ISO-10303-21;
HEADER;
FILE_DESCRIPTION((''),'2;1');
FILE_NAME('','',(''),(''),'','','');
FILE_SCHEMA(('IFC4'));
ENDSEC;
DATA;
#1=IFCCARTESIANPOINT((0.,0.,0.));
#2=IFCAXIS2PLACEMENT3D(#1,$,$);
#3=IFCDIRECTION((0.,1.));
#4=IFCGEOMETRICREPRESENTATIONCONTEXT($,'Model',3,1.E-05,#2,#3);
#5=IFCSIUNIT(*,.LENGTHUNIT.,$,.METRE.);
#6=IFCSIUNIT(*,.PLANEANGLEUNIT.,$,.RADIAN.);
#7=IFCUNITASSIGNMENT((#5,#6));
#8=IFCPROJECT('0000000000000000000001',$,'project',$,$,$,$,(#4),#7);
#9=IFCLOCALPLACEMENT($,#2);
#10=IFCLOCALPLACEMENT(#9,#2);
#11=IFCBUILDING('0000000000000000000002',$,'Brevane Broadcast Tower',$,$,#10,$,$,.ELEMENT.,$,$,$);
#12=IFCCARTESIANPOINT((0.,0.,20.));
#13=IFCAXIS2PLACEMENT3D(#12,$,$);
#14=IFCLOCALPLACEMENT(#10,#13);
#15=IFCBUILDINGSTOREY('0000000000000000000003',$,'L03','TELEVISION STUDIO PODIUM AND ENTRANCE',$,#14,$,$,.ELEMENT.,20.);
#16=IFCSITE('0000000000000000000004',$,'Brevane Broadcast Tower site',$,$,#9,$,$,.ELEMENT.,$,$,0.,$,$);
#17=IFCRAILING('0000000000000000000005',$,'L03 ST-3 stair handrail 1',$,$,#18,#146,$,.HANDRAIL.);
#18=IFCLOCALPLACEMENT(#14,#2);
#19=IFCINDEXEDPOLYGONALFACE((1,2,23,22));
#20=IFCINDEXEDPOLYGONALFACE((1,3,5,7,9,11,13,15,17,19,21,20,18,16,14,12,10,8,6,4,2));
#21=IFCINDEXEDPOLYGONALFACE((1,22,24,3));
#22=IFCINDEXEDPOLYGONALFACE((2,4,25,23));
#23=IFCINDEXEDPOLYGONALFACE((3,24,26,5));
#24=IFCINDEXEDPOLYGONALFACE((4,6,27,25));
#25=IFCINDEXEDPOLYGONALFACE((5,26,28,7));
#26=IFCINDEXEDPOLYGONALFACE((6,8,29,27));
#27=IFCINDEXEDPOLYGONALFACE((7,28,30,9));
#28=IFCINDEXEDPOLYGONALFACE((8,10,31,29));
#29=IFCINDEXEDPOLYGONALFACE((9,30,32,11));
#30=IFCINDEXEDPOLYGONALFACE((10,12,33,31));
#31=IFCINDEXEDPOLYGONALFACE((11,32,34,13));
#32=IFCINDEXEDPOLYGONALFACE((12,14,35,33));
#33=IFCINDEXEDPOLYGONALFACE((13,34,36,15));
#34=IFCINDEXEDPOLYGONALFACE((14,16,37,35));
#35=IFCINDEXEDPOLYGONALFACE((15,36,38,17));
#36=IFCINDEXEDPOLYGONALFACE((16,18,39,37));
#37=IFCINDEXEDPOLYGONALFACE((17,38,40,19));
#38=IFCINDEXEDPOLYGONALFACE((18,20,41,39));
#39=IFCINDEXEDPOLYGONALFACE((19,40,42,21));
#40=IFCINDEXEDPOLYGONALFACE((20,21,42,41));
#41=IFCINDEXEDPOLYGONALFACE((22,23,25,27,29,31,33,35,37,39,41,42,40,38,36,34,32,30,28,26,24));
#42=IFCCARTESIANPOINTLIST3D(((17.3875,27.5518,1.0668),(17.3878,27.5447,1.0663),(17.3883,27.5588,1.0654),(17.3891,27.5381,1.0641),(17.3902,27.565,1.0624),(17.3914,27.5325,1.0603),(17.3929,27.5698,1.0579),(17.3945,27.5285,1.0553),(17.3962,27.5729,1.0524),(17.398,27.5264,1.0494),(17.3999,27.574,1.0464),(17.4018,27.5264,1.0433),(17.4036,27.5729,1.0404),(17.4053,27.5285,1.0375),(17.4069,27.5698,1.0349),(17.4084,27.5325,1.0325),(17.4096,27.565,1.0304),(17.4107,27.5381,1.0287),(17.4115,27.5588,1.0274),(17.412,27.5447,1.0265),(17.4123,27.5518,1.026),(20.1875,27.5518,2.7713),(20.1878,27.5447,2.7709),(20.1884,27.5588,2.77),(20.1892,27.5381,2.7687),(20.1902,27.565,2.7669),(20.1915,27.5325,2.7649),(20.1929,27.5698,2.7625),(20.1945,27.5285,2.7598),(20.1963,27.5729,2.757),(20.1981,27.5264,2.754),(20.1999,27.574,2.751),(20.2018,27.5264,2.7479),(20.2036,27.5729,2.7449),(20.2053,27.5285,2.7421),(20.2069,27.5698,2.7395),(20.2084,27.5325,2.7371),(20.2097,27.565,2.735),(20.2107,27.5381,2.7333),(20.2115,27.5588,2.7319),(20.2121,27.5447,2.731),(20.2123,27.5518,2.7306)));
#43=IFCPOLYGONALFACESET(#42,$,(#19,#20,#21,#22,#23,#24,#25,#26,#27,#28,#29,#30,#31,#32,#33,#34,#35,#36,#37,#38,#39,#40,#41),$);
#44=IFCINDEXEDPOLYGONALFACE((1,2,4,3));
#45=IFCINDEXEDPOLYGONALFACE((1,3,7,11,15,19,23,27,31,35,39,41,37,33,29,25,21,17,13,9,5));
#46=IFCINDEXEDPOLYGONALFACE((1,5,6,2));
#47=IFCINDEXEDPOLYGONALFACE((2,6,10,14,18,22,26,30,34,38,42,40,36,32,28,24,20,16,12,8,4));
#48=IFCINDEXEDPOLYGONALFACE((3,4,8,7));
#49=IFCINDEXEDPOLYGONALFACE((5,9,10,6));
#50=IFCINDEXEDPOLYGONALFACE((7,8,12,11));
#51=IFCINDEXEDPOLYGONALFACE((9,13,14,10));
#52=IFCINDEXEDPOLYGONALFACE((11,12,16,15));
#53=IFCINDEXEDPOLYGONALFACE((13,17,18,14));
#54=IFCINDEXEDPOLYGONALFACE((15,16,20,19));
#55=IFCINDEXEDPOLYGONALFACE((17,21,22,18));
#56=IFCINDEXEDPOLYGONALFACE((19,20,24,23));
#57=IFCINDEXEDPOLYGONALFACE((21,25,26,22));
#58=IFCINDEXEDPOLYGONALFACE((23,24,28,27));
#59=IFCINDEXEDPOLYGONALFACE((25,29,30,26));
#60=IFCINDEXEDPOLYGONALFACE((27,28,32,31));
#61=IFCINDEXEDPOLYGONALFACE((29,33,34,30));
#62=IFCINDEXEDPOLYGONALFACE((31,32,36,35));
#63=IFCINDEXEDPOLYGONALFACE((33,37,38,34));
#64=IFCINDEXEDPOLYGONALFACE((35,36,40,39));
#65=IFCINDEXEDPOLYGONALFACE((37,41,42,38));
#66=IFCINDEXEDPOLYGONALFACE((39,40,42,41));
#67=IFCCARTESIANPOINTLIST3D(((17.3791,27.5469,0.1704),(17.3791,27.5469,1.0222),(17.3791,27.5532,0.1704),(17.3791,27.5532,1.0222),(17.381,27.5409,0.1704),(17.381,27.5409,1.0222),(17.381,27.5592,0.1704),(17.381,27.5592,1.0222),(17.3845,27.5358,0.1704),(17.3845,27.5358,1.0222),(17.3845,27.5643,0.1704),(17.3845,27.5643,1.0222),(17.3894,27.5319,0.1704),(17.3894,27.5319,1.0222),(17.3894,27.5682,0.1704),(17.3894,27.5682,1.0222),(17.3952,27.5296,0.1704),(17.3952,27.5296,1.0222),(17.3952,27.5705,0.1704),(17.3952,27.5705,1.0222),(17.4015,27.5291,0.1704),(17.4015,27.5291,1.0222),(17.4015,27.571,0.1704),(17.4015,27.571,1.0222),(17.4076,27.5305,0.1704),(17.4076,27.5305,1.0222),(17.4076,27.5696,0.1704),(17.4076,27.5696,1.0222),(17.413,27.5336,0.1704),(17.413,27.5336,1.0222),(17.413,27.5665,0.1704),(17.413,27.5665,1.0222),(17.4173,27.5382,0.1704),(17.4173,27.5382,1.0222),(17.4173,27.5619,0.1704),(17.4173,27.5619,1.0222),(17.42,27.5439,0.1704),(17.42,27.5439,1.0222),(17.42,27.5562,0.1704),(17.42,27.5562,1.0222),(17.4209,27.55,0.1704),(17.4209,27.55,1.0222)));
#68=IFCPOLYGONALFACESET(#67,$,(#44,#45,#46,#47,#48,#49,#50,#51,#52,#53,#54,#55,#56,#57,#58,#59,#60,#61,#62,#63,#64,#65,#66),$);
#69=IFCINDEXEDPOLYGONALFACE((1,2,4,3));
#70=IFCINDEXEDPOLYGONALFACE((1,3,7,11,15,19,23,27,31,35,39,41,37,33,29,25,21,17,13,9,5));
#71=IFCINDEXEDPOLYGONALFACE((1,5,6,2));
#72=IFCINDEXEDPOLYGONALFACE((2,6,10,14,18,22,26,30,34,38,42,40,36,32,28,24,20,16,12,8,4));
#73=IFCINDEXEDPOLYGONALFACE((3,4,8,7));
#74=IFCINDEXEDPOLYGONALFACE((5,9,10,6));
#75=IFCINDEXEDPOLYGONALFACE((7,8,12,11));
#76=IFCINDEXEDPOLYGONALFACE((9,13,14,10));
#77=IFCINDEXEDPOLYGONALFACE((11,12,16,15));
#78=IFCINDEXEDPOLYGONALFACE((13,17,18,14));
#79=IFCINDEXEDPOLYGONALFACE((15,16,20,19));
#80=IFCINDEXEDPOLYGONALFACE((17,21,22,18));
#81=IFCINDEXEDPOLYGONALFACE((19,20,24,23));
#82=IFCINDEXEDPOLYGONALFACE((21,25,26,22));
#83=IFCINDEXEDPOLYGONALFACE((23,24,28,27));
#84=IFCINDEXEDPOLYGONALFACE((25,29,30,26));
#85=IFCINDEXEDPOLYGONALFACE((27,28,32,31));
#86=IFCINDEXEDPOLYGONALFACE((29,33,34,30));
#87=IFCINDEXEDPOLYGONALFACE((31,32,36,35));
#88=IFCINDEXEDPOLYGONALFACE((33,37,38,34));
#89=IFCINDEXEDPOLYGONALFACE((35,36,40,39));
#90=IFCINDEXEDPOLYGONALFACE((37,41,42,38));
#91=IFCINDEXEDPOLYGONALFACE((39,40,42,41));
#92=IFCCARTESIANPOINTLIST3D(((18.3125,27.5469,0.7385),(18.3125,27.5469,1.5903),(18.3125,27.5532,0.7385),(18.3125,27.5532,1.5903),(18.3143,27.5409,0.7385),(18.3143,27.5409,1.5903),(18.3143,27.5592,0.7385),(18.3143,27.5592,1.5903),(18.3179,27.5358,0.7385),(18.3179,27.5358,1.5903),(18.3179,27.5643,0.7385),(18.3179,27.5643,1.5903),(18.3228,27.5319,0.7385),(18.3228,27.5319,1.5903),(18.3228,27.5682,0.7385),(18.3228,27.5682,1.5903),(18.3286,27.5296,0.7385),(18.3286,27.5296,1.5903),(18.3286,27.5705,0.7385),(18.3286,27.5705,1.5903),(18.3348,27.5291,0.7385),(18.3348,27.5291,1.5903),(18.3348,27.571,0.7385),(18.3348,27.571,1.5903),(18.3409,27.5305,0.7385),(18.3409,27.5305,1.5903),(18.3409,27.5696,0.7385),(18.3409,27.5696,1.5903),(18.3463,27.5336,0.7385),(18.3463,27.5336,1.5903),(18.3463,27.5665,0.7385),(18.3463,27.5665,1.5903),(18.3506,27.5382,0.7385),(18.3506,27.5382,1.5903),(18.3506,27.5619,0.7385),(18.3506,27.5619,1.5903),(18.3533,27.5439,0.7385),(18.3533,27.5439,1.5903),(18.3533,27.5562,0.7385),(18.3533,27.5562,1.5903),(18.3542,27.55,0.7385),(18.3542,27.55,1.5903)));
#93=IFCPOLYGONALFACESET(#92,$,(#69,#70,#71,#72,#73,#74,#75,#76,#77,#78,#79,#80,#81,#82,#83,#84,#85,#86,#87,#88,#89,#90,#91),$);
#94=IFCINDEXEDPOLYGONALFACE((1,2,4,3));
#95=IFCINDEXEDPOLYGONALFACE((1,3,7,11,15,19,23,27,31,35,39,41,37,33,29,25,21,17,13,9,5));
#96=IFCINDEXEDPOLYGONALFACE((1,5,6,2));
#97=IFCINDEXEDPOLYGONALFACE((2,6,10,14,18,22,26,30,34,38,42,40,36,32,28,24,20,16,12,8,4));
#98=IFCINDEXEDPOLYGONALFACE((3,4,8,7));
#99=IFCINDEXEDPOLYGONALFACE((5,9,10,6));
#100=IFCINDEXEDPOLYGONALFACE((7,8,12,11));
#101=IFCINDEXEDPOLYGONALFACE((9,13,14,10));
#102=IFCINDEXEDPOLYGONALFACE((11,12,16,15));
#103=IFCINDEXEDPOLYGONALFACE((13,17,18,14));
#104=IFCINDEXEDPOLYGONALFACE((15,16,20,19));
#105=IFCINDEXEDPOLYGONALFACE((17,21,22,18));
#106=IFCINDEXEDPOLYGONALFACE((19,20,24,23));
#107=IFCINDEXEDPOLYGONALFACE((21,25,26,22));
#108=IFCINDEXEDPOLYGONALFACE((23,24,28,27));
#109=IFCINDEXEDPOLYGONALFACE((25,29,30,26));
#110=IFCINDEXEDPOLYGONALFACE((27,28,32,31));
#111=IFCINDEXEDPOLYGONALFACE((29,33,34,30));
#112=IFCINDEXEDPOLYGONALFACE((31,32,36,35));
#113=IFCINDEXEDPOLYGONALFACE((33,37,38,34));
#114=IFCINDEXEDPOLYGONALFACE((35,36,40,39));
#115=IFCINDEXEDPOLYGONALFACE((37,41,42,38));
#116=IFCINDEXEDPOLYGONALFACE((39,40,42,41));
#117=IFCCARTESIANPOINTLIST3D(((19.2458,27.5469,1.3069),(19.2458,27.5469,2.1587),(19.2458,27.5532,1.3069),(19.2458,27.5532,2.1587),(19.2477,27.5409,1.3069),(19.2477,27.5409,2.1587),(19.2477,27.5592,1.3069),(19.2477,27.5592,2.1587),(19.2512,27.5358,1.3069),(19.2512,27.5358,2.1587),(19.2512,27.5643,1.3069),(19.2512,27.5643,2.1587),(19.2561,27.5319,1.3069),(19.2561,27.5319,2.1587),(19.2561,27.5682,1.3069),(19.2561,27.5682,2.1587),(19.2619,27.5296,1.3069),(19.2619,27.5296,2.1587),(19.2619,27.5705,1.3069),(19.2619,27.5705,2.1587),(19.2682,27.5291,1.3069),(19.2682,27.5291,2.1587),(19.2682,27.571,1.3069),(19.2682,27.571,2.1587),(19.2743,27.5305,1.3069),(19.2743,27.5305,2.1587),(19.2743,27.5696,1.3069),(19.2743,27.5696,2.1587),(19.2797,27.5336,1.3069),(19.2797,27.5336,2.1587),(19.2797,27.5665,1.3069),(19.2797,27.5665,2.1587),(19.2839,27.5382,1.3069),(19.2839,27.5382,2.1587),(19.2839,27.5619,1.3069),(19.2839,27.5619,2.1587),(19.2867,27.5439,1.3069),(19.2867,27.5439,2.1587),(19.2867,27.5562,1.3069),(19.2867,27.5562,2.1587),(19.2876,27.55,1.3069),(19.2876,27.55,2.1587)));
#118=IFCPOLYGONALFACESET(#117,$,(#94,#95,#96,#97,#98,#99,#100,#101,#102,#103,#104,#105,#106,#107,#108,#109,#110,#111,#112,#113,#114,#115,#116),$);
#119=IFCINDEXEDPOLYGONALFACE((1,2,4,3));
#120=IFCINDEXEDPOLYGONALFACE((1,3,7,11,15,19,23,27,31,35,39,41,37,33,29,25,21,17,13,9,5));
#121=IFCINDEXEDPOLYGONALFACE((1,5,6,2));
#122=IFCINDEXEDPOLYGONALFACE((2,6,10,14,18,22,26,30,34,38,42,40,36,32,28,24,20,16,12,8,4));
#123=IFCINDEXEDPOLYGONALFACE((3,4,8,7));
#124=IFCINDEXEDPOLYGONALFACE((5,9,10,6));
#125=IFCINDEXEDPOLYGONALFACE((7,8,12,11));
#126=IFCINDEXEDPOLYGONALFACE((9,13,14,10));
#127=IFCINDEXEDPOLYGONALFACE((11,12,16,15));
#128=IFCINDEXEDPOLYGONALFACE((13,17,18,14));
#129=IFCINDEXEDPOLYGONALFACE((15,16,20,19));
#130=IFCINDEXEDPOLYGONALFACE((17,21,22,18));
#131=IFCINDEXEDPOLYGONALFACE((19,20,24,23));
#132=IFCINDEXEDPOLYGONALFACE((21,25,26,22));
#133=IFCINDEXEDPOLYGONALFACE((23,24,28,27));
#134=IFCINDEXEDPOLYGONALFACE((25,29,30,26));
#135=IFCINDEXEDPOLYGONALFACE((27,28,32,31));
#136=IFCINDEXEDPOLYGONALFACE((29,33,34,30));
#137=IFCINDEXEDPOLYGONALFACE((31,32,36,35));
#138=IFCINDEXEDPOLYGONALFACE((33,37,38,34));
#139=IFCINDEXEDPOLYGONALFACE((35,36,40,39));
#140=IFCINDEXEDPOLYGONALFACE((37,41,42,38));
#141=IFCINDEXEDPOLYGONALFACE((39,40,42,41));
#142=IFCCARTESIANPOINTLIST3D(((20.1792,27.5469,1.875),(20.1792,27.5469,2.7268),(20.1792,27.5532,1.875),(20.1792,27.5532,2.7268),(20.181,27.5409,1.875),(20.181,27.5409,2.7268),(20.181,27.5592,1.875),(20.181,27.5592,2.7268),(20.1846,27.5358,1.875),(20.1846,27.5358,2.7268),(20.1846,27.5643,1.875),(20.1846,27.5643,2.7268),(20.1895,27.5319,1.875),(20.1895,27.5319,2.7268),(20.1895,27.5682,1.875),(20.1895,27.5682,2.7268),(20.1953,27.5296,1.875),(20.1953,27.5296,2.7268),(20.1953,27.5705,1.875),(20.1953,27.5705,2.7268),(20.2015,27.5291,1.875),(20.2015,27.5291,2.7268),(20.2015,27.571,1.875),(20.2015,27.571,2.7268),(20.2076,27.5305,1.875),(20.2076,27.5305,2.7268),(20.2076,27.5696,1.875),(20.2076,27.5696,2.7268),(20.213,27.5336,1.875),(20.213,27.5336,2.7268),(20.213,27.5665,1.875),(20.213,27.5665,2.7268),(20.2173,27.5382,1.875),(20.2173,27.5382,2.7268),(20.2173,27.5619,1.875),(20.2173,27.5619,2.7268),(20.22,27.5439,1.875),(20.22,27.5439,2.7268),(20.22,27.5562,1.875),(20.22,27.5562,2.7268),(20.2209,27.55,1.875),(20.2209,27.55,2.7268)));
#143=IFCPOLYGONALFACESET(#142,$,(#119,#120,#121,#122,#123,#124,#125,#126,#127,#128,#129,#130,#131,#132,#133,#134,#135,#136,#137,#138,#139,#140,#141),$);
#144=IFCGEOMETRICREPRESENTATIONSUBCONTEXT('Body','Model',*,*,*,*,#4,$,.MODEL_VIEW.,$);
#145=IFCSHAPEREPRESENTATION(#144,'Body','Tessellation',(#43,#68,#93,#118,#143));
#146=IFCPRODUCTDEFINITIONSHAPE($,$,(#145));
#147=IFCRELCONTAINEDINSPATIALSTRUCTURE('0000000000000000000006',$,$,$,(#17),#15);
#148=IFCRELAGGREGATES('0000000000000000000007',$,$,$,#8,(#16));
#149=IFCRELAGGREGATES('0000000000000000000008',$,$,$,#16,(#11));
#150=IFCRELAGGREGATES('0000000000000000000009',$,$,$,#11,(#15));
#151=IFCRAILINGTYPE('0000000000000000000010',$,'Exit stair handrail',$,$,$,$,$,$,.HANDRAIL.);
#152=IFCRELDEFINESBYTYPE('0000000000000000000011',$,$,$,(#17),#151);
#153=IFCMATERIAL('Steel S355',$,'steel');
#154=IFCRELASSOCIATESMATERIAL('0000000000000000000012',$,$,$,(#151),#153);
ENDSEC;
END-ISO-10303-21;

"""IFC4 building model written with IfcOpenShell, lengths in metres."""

from ifc_helpers import new_model, si_unit, direction, frame, origin, origin_2d, place, context, subcontext, project, spatial, circle, extrude, material, type_object, element, save


model = new_model("IFC4")

# Units and contexts
model_context = context("Model", 3, precision=1e-05, world=origin(), true_north=direction((0.0, 1.0)))
body_context = subcontext(model_context, "Body", "Model", "MODEL_VIEW")
ifc_project = project(units=[si_unit("LENGTHUNIT", "METRE"), si_unit("PLANEANGLEUNIT", "RADIAN")], contexts=[model_context])

# Site, building, storey
site_placement = place(None, origin())
site = spatial("IfcSite", under=ifc_project, at=site_placement, Name="Brevane Broadcast Tower site", CompositionType="ELEMENT", RefElevation=0.0)
building_placement = place(site_placement, origin())
building = spatial("IfcBuilding", under=site, at=building_placement, Name="Brevane Broadcast Tower", CompositionType="ELEMENT")
storey_placement = place(building_placement, frame((0.0, 0.0, 20.0)))
storey = spatial("IfcBuildingStorey", under=building, at=storey_placement, Name="L03", Description="TELEVISION STUDIO PODIUM AND ENTRANCE", CompositionType="ELEMENT", Elevation=20.0)

# Railing
ifc_material_1 = material(Name="Steel S355", Category="steel")
railing_type_1 = type_object("IfcRailingType", Name="Exit stair handrail", PredefinedType="HANDRAIL", material=ifc_material_1)
for number, where, name in (
    (1, (17.3999, 27.55, 0.1704), "L03 ST-3 stair handrail 1"),
):
    element("IfcRailing", number, at=place(storey_placement, frame(where)), inside=storey, type_object=railing_type_1, Name=name, PredefinedType="HANDRAIL", context=body_context, shape_type="SweptSolid", body=[
        extrude(circle(Radius=0.0239, at=origin_2d()), frame((0.0, 0.0, 0.876), z_axis=(0.85417, 0.0, 0.519994), x_axis=(0.0, 1.0, 0.0)), (0.0, 0.0, 1.0), 3.2781),
        extrude(circle(Radius=0.021, at=origin_2d()), origin(), (0.0, 0.0, 1.0), 0.8518),
        extrude(circle(Radius=0.021, at=origin_2d()), frame((0.9333, 0.0, 0.5681)), (0.0, 0.0, 1.0), 0.8518),
        extrude(circle(Radius=0.021, at=origin_2d()), frame((1.8667, 0.0, 1.1365)), (0.0, 0.0, 1.0), 0.8518),
        extrude(circle(Radius=0.021, at=origin_2d()), frame((2.8, 0.0, 1.7046)), (0.0, 0.0, 1.0), 0.8518),
    ])

save(model, "model.ifc")
